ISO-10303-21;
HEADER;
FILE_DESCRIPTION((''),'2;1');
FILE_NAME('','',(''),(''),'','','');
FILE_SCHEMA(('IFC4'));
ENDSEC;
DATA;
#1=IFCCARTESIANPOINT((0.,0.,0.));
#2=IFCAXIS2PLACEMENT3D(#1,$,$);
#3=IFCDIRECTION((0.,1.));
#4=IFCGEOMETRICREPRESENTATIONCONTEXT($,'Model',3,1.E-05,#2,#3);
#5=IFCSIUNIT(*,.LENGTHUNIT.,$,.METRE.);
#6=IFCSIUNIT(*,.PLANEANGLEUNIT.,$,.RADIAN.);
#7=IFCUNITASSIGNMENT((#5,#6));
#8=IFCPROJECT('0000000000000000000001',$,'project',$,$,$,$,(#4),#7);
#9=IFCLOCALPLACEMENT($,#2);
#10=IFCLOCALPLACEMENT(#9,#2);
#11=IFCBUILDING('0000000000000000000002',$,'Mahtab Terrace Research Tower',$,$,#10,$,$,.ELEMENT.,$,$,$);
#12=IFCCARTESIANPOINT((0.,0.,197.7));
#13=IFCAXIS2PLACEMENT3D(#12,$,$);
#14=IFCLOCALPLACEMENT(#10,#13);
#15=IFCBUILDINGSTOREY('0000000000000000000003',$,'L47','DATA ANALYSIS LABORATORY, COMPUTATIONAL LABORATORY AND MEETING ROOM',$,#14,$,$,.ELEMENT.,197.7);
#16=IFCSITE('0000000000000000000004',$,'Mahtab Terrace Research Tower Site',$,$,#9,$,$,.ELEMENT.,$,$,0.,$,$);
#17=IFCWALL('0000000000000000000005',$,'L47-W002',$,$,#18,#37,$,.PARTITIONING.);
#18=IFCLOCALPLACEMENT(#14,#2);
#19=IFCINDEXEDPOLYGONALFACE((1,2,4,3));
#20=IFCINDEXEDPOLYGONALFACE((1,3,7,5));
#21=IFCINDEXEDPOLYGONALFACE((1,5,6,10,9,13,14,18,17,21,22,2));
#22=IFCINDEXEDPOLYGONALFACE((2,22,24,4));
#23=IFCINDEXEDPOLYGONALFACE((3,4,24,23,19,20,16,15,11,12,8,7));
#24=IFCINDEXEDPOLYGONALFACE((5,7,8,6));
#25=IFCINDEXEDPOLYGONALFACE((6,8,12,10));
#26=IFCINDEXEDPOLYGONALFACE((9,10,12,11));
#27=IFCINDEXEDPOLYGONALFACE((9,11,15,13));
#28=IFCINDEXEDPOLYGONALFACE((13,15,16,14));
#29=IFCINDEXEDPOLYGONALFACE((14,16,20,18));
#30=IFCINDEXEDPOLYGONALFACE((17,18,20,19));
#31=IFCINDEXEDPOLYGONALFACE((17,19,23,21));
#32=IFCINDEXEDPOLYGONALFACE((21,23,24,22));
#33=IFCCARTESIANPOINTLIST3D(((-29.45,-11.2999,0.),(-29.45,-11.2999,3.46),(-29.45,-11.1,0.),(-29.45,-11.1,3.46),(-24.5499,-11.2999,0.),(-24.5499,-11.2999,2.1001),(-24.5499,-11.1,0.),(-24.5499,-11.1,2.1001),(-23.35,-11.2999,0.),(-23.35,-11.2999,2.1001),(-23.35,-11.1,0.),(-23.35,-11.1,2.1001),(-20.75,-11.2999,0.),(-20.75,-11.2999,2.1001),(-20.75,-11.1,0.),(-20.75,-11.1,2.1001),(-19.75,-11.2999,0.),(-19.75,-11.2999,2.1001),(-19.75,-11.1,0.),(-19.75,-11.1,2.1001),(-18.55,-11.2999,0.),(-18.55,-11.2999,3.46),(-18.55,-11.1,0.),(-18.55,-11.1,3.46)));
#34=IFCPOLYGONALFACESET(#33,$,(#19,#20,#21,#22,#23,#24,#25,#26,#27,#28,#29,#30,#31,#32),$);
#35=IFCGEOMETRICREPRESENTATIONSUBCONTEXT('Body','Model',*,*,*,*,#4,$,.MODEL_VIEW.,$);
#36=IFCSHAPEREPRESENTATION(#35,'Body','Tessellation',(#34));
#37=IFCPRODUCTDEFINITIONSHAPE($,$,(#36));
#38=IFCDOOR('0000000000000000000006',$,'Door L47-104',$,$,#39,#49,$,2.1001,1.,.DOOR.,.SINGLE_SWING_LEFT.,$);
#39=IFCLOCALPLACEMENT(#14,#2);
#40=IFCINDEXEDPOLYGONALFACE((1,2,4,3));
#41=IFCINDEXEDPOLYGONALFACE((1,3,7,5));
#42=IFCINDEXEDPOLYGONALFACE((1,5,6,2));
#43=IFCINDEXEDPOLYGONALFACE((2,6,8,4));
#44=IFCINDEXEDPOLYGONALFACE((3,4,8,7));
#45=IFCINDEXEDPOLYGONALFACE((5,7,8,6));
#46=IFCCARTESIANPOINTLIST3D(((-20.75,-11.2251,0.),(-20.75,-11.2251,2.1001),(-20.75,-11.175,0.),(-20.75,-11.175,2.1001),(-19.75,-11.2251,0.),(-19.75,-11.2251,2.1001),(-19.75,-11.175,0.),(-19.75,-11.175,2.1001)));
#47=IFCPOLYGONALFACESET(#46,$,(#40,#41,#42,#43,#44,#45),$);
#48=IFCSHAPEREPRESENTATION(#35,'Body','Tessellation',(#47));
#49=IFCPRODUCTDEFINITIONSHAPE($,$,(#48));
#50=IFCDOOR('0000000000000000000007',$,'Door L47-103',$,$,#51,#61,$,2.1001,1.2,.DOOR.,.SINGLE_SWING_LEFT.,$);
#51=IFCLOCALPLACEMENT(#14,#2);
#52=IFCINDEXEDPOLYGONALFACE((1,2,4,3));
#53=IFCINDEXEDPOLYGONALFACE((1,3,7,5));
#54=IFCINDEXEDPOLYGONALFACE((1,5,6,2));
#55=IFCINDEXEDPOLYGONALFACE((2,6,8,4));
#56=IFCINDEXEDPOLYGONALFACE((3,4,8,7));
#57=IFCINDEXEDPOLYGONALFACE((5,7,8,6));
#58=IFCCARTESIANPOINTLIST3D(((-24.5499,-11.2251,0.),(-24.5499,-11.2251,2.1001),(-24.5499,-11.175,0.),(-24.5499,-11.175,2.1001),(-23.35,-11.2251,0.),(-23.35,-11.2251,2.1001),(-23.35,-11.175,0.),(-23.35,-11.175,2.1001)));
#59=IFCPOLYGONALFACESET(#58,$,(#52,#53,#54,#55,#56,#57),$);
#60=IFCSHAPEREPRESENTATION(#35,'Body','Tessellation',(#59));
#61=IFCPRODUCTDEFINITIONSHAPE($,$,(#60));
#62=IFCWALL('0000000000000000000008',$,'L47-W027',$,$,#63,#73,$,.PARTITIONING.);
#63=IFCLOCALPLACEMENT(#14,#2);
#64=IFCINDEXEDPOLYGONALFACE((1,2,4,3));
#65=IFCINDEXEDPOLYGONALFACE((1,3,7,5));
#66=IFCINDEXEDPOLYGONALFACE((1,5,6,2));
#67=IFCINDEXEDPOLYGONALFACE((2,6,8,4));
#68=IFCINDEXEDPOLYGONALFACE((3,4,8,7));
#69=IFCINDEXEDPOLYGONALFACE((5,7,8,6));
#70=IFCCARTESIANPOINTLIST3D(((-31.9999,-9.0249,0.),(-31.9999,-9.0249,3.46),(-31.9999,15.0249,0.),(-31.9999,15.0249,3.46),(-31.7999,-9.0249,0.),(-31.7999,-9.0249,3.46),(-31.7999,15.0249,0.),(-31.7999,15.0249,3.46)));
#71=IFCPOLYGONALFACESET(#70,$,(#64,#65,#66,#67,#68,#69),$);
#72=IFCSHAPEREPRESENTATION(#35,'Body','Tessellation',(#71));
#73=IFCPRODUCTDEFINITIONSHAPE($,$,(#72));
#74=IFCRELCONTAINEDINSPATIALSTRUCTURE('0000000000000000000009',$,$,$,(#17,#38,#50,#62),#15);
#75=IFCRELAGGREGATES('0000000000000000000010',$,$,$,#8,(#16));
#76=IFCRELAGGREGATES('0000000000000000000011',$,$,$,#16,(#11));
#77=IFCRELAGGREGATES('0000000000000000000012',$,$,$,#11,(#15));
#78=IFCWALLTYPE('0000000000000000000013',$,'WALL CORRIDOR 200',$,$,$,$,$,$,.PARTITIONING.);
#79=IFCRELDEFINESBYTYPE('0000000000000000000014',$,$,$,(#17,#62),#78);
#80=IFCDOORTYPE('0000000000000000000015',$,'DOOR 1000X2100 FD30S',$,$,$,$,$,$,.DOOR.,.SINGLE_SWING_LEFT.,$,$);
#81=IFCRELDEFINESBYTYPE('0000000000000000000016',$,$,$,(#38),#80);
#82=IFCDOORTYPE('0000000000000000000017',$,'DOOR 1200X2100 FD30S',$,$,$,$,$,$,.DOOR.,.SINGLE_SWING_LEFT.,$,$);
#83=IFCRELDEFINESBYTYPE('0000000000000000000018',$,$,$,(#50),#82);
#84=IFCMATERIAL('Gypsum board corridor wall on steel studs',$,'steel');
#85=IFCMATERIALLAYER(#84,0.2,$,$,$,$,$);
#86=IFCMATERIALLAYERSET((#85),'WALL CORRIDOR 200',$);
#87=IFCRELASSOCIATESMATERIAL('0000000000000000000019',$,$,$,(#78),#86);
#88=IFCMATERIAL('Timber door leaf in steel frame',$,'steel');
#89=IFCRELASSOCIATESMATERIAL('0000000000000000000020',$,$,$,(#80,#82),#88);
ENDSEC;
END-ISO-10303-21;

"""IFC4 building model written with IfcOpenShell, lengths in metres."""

from ifc_helpers import new_model, si_unit, direction, frame, frame_2d, origin, place, context, subcontext, project, spatial, rectangle, extrude, material, layer, layer_set, type_object, element, fill, save


model = new_model("IFC4")

# Units and contexts
model_context = context("Model", 3, precision=1e-05, world=origin(), true_north=direction((0.0, 1.0)))
body_context = subcontext(model_context, "Body", "Model", "MODEL_VIEW")
ifc_project = project(units=[si_unit("LENGTHUNIT", "METRE"), si_unit("PLANEANGLEUNIT", "RADIAN")], contexts=[model_context])

# Site, building, storey
site_placement = place(None, origin())
site = spatial("IfcSite", under=ifc_project, at=site_placement, Name="Mahtab Terrace Research Tower Site", CompositionType="ELEMENT", RefElevation=0.0)
building_placement = place(site_placement, origin())
building = spatial("IfcBuilding", under=site, at=building_placement, Name="Mahtab Terrace Research Tower", CompositionType="ELEMENT")
storey_placement = place(building_placement, frame((0.0, 0.0, 197.7)))
storey = spatial("IfcBuildingStorey", under=building, at=storey_placement, Name="L47", Description="DATA ANALYSIS LABORATORY, COMPUTATIONAL LABORATORY AND MEETING ROOM", CompositionType="ELEMENT", Elevation=197.7)

# Wall, openings, doors
ifc_material_1 = material(Name="Gypsum board corridor wall on steel studs", Category="steel")
ifc_layer_1 = layer(ifc_material_1, 0.2)
ifc_layer_set_1 = layer_set([ifc_layer_1], Name="WALL CORRIDOR 200")
wall_type_1 = type_object("IfcWallType", Name="WALL CORRIDOR 200", PredefinedType="PARTITIONING", material=ifc_layer_set_1)
wall_1_placement = place(storey_placement, frame((-29.45, -11.2, 0.0), z_axis=(0.0, 0.0, 1.0), x_axis=(1.0, 0.0, 0.0)))
wall_1 = element("IfcWall", 1, at=wall_1_placement, inside=storey, type_object=wall_type_1, Name="L47-W002", PredefinedType="PARTITIONING", context=body_context, shape_type="SweptSolid", body=[
    extrude(rectangle(XDim=10.8999, YDim=0.2, at=frame_2d((5.45, 0.0))), origin(), (0.0, 0.0, 1.0), 3.46),
])
opening_1_placement = place(wall_1_placement, frame((4.8999, 0.0, 0.0)))
opening_1 = element("IfcOpeningElement", 2, at=opening_1_placement, cuts=wall_1, PredefinedType="OPENING", context=body_context, shape_type="SweptSolid", body=[
    extrude(rectangle(XDim=1.2, YDim=2.1001, at=frame_2d((0.6001, 1.05))), frame((0.0, 0.1099, 0.0), z_axis=(0.0, -1.0, 0.0), x_axis=(1.0, 0.0, 0.0)), (0.0, 0.0, 1.0), 0.22),
])
opening_2_placement = place(wall_1_placement, frame((8.7, 0.0, 0.0)))
opening_2 = element("IfcOpeningElement", 3, at=opening_2_placement, cuts=wall_1, PredefinedType="OPENING", context=body_context, shape_type="SweptSolid", body=[
    extrude(rectangle(XDim=1.0, YDim=2.1001, at=frame_2d((0.5, 1.05))), frame((0.0, 0.1099, 0.0), z_axis=(0.0, -1.0, 0.0), x_axis=(1.0, 0.0, 0.0)), (0.0, 0.0, 1.0), 0.22),
])
ifc_material_2 = material(Name="Timber door leaf in steel frame", Category="steel")
door_type_1 = type_object("IfcDoorType", Name="DOOR 1000X2100 FD30S", OperationType="SINGLE_SWING_LEFT", PredefinedType="DOOR", material=ifc_material_2)
door_1_placement = place(opening_2_placement, origin())
door_1 = element("IfcDoor", 4, at=door_1_placement, inside=storey, type_object=door_type_1, Name="Door L47-104", OperationType="SINGLE_SWING_LEFT", OverallHeight=2.1001, OverallWidth=1.0, PredefinedType="DOOR", context=body_context, shape_type="SweptSolid", body=[
    extrude(rectangle(XDim=1.0, YDim=2.1001, at=frame_2d((0.5, 1.05))), frame((0.0, 0.0249, 0.0), z_axis=(0.0, -1.0, 0.0), x_axis=(1.0, 0.0, 0.0)), (0.0, 0.0, 1.0), 0.05),
])
fill(opening_2, door_1)
door_type_2 = type_object("IfcDoorType", Name="DOOR 1200X2100 FD30S", OperationType="SINGLE_SWING_LEFT", PredefinedType="DOOR", material=ifc_material_2)
door_2_placement = place(opening_1_placement, origin())
door_2 = element("IfcDoor", 5, at=door_2_placement, inside=storey, type_object=door_type_2, Name="Door L47-103", OperationType="SINGLE_SWING_LEFT", OverallHeight=2.1001, OverallWidth=1.2, PredefinedType="DOOR", context=body_context, shape_type="SweptSolid", body=[
    extrude(rectangle(XDim=1.2, YDim=2.1001, at=frame_2d((0.6001, 1.05))), frame((0.0, 0.0249, 0.0), z_axis=(0.0, -1.0, 0.0), x_axis=(1.0, 0.0, 0.0)), (0.0, 0.0, 1.0), 0.05),
])
fill(opening_1, door_2)

# Wall
wall_2_placement = place(storey_placement, frame((-31.8999, -9.0249, 0.0), z_axis=(0.0, 0.0, 1.0), x_axis=(0.0, 1.0, 0.0)))
element("IfcWall", 6, at=wall_2_placement, inside=storey, type_object=wall_type_1, Name="L47-W027", PredefinedType="PARTITIONING", context=body_context, shape_type="SweptSolid", body=[
    extrude(rectangle(XDim=24.0498, YDim=0.2, at=frame_2d((12.0249, 0.0))), origin(), (0.0, 0.0, 1.0), 3.46),
])

save(model, "model.ifc")
